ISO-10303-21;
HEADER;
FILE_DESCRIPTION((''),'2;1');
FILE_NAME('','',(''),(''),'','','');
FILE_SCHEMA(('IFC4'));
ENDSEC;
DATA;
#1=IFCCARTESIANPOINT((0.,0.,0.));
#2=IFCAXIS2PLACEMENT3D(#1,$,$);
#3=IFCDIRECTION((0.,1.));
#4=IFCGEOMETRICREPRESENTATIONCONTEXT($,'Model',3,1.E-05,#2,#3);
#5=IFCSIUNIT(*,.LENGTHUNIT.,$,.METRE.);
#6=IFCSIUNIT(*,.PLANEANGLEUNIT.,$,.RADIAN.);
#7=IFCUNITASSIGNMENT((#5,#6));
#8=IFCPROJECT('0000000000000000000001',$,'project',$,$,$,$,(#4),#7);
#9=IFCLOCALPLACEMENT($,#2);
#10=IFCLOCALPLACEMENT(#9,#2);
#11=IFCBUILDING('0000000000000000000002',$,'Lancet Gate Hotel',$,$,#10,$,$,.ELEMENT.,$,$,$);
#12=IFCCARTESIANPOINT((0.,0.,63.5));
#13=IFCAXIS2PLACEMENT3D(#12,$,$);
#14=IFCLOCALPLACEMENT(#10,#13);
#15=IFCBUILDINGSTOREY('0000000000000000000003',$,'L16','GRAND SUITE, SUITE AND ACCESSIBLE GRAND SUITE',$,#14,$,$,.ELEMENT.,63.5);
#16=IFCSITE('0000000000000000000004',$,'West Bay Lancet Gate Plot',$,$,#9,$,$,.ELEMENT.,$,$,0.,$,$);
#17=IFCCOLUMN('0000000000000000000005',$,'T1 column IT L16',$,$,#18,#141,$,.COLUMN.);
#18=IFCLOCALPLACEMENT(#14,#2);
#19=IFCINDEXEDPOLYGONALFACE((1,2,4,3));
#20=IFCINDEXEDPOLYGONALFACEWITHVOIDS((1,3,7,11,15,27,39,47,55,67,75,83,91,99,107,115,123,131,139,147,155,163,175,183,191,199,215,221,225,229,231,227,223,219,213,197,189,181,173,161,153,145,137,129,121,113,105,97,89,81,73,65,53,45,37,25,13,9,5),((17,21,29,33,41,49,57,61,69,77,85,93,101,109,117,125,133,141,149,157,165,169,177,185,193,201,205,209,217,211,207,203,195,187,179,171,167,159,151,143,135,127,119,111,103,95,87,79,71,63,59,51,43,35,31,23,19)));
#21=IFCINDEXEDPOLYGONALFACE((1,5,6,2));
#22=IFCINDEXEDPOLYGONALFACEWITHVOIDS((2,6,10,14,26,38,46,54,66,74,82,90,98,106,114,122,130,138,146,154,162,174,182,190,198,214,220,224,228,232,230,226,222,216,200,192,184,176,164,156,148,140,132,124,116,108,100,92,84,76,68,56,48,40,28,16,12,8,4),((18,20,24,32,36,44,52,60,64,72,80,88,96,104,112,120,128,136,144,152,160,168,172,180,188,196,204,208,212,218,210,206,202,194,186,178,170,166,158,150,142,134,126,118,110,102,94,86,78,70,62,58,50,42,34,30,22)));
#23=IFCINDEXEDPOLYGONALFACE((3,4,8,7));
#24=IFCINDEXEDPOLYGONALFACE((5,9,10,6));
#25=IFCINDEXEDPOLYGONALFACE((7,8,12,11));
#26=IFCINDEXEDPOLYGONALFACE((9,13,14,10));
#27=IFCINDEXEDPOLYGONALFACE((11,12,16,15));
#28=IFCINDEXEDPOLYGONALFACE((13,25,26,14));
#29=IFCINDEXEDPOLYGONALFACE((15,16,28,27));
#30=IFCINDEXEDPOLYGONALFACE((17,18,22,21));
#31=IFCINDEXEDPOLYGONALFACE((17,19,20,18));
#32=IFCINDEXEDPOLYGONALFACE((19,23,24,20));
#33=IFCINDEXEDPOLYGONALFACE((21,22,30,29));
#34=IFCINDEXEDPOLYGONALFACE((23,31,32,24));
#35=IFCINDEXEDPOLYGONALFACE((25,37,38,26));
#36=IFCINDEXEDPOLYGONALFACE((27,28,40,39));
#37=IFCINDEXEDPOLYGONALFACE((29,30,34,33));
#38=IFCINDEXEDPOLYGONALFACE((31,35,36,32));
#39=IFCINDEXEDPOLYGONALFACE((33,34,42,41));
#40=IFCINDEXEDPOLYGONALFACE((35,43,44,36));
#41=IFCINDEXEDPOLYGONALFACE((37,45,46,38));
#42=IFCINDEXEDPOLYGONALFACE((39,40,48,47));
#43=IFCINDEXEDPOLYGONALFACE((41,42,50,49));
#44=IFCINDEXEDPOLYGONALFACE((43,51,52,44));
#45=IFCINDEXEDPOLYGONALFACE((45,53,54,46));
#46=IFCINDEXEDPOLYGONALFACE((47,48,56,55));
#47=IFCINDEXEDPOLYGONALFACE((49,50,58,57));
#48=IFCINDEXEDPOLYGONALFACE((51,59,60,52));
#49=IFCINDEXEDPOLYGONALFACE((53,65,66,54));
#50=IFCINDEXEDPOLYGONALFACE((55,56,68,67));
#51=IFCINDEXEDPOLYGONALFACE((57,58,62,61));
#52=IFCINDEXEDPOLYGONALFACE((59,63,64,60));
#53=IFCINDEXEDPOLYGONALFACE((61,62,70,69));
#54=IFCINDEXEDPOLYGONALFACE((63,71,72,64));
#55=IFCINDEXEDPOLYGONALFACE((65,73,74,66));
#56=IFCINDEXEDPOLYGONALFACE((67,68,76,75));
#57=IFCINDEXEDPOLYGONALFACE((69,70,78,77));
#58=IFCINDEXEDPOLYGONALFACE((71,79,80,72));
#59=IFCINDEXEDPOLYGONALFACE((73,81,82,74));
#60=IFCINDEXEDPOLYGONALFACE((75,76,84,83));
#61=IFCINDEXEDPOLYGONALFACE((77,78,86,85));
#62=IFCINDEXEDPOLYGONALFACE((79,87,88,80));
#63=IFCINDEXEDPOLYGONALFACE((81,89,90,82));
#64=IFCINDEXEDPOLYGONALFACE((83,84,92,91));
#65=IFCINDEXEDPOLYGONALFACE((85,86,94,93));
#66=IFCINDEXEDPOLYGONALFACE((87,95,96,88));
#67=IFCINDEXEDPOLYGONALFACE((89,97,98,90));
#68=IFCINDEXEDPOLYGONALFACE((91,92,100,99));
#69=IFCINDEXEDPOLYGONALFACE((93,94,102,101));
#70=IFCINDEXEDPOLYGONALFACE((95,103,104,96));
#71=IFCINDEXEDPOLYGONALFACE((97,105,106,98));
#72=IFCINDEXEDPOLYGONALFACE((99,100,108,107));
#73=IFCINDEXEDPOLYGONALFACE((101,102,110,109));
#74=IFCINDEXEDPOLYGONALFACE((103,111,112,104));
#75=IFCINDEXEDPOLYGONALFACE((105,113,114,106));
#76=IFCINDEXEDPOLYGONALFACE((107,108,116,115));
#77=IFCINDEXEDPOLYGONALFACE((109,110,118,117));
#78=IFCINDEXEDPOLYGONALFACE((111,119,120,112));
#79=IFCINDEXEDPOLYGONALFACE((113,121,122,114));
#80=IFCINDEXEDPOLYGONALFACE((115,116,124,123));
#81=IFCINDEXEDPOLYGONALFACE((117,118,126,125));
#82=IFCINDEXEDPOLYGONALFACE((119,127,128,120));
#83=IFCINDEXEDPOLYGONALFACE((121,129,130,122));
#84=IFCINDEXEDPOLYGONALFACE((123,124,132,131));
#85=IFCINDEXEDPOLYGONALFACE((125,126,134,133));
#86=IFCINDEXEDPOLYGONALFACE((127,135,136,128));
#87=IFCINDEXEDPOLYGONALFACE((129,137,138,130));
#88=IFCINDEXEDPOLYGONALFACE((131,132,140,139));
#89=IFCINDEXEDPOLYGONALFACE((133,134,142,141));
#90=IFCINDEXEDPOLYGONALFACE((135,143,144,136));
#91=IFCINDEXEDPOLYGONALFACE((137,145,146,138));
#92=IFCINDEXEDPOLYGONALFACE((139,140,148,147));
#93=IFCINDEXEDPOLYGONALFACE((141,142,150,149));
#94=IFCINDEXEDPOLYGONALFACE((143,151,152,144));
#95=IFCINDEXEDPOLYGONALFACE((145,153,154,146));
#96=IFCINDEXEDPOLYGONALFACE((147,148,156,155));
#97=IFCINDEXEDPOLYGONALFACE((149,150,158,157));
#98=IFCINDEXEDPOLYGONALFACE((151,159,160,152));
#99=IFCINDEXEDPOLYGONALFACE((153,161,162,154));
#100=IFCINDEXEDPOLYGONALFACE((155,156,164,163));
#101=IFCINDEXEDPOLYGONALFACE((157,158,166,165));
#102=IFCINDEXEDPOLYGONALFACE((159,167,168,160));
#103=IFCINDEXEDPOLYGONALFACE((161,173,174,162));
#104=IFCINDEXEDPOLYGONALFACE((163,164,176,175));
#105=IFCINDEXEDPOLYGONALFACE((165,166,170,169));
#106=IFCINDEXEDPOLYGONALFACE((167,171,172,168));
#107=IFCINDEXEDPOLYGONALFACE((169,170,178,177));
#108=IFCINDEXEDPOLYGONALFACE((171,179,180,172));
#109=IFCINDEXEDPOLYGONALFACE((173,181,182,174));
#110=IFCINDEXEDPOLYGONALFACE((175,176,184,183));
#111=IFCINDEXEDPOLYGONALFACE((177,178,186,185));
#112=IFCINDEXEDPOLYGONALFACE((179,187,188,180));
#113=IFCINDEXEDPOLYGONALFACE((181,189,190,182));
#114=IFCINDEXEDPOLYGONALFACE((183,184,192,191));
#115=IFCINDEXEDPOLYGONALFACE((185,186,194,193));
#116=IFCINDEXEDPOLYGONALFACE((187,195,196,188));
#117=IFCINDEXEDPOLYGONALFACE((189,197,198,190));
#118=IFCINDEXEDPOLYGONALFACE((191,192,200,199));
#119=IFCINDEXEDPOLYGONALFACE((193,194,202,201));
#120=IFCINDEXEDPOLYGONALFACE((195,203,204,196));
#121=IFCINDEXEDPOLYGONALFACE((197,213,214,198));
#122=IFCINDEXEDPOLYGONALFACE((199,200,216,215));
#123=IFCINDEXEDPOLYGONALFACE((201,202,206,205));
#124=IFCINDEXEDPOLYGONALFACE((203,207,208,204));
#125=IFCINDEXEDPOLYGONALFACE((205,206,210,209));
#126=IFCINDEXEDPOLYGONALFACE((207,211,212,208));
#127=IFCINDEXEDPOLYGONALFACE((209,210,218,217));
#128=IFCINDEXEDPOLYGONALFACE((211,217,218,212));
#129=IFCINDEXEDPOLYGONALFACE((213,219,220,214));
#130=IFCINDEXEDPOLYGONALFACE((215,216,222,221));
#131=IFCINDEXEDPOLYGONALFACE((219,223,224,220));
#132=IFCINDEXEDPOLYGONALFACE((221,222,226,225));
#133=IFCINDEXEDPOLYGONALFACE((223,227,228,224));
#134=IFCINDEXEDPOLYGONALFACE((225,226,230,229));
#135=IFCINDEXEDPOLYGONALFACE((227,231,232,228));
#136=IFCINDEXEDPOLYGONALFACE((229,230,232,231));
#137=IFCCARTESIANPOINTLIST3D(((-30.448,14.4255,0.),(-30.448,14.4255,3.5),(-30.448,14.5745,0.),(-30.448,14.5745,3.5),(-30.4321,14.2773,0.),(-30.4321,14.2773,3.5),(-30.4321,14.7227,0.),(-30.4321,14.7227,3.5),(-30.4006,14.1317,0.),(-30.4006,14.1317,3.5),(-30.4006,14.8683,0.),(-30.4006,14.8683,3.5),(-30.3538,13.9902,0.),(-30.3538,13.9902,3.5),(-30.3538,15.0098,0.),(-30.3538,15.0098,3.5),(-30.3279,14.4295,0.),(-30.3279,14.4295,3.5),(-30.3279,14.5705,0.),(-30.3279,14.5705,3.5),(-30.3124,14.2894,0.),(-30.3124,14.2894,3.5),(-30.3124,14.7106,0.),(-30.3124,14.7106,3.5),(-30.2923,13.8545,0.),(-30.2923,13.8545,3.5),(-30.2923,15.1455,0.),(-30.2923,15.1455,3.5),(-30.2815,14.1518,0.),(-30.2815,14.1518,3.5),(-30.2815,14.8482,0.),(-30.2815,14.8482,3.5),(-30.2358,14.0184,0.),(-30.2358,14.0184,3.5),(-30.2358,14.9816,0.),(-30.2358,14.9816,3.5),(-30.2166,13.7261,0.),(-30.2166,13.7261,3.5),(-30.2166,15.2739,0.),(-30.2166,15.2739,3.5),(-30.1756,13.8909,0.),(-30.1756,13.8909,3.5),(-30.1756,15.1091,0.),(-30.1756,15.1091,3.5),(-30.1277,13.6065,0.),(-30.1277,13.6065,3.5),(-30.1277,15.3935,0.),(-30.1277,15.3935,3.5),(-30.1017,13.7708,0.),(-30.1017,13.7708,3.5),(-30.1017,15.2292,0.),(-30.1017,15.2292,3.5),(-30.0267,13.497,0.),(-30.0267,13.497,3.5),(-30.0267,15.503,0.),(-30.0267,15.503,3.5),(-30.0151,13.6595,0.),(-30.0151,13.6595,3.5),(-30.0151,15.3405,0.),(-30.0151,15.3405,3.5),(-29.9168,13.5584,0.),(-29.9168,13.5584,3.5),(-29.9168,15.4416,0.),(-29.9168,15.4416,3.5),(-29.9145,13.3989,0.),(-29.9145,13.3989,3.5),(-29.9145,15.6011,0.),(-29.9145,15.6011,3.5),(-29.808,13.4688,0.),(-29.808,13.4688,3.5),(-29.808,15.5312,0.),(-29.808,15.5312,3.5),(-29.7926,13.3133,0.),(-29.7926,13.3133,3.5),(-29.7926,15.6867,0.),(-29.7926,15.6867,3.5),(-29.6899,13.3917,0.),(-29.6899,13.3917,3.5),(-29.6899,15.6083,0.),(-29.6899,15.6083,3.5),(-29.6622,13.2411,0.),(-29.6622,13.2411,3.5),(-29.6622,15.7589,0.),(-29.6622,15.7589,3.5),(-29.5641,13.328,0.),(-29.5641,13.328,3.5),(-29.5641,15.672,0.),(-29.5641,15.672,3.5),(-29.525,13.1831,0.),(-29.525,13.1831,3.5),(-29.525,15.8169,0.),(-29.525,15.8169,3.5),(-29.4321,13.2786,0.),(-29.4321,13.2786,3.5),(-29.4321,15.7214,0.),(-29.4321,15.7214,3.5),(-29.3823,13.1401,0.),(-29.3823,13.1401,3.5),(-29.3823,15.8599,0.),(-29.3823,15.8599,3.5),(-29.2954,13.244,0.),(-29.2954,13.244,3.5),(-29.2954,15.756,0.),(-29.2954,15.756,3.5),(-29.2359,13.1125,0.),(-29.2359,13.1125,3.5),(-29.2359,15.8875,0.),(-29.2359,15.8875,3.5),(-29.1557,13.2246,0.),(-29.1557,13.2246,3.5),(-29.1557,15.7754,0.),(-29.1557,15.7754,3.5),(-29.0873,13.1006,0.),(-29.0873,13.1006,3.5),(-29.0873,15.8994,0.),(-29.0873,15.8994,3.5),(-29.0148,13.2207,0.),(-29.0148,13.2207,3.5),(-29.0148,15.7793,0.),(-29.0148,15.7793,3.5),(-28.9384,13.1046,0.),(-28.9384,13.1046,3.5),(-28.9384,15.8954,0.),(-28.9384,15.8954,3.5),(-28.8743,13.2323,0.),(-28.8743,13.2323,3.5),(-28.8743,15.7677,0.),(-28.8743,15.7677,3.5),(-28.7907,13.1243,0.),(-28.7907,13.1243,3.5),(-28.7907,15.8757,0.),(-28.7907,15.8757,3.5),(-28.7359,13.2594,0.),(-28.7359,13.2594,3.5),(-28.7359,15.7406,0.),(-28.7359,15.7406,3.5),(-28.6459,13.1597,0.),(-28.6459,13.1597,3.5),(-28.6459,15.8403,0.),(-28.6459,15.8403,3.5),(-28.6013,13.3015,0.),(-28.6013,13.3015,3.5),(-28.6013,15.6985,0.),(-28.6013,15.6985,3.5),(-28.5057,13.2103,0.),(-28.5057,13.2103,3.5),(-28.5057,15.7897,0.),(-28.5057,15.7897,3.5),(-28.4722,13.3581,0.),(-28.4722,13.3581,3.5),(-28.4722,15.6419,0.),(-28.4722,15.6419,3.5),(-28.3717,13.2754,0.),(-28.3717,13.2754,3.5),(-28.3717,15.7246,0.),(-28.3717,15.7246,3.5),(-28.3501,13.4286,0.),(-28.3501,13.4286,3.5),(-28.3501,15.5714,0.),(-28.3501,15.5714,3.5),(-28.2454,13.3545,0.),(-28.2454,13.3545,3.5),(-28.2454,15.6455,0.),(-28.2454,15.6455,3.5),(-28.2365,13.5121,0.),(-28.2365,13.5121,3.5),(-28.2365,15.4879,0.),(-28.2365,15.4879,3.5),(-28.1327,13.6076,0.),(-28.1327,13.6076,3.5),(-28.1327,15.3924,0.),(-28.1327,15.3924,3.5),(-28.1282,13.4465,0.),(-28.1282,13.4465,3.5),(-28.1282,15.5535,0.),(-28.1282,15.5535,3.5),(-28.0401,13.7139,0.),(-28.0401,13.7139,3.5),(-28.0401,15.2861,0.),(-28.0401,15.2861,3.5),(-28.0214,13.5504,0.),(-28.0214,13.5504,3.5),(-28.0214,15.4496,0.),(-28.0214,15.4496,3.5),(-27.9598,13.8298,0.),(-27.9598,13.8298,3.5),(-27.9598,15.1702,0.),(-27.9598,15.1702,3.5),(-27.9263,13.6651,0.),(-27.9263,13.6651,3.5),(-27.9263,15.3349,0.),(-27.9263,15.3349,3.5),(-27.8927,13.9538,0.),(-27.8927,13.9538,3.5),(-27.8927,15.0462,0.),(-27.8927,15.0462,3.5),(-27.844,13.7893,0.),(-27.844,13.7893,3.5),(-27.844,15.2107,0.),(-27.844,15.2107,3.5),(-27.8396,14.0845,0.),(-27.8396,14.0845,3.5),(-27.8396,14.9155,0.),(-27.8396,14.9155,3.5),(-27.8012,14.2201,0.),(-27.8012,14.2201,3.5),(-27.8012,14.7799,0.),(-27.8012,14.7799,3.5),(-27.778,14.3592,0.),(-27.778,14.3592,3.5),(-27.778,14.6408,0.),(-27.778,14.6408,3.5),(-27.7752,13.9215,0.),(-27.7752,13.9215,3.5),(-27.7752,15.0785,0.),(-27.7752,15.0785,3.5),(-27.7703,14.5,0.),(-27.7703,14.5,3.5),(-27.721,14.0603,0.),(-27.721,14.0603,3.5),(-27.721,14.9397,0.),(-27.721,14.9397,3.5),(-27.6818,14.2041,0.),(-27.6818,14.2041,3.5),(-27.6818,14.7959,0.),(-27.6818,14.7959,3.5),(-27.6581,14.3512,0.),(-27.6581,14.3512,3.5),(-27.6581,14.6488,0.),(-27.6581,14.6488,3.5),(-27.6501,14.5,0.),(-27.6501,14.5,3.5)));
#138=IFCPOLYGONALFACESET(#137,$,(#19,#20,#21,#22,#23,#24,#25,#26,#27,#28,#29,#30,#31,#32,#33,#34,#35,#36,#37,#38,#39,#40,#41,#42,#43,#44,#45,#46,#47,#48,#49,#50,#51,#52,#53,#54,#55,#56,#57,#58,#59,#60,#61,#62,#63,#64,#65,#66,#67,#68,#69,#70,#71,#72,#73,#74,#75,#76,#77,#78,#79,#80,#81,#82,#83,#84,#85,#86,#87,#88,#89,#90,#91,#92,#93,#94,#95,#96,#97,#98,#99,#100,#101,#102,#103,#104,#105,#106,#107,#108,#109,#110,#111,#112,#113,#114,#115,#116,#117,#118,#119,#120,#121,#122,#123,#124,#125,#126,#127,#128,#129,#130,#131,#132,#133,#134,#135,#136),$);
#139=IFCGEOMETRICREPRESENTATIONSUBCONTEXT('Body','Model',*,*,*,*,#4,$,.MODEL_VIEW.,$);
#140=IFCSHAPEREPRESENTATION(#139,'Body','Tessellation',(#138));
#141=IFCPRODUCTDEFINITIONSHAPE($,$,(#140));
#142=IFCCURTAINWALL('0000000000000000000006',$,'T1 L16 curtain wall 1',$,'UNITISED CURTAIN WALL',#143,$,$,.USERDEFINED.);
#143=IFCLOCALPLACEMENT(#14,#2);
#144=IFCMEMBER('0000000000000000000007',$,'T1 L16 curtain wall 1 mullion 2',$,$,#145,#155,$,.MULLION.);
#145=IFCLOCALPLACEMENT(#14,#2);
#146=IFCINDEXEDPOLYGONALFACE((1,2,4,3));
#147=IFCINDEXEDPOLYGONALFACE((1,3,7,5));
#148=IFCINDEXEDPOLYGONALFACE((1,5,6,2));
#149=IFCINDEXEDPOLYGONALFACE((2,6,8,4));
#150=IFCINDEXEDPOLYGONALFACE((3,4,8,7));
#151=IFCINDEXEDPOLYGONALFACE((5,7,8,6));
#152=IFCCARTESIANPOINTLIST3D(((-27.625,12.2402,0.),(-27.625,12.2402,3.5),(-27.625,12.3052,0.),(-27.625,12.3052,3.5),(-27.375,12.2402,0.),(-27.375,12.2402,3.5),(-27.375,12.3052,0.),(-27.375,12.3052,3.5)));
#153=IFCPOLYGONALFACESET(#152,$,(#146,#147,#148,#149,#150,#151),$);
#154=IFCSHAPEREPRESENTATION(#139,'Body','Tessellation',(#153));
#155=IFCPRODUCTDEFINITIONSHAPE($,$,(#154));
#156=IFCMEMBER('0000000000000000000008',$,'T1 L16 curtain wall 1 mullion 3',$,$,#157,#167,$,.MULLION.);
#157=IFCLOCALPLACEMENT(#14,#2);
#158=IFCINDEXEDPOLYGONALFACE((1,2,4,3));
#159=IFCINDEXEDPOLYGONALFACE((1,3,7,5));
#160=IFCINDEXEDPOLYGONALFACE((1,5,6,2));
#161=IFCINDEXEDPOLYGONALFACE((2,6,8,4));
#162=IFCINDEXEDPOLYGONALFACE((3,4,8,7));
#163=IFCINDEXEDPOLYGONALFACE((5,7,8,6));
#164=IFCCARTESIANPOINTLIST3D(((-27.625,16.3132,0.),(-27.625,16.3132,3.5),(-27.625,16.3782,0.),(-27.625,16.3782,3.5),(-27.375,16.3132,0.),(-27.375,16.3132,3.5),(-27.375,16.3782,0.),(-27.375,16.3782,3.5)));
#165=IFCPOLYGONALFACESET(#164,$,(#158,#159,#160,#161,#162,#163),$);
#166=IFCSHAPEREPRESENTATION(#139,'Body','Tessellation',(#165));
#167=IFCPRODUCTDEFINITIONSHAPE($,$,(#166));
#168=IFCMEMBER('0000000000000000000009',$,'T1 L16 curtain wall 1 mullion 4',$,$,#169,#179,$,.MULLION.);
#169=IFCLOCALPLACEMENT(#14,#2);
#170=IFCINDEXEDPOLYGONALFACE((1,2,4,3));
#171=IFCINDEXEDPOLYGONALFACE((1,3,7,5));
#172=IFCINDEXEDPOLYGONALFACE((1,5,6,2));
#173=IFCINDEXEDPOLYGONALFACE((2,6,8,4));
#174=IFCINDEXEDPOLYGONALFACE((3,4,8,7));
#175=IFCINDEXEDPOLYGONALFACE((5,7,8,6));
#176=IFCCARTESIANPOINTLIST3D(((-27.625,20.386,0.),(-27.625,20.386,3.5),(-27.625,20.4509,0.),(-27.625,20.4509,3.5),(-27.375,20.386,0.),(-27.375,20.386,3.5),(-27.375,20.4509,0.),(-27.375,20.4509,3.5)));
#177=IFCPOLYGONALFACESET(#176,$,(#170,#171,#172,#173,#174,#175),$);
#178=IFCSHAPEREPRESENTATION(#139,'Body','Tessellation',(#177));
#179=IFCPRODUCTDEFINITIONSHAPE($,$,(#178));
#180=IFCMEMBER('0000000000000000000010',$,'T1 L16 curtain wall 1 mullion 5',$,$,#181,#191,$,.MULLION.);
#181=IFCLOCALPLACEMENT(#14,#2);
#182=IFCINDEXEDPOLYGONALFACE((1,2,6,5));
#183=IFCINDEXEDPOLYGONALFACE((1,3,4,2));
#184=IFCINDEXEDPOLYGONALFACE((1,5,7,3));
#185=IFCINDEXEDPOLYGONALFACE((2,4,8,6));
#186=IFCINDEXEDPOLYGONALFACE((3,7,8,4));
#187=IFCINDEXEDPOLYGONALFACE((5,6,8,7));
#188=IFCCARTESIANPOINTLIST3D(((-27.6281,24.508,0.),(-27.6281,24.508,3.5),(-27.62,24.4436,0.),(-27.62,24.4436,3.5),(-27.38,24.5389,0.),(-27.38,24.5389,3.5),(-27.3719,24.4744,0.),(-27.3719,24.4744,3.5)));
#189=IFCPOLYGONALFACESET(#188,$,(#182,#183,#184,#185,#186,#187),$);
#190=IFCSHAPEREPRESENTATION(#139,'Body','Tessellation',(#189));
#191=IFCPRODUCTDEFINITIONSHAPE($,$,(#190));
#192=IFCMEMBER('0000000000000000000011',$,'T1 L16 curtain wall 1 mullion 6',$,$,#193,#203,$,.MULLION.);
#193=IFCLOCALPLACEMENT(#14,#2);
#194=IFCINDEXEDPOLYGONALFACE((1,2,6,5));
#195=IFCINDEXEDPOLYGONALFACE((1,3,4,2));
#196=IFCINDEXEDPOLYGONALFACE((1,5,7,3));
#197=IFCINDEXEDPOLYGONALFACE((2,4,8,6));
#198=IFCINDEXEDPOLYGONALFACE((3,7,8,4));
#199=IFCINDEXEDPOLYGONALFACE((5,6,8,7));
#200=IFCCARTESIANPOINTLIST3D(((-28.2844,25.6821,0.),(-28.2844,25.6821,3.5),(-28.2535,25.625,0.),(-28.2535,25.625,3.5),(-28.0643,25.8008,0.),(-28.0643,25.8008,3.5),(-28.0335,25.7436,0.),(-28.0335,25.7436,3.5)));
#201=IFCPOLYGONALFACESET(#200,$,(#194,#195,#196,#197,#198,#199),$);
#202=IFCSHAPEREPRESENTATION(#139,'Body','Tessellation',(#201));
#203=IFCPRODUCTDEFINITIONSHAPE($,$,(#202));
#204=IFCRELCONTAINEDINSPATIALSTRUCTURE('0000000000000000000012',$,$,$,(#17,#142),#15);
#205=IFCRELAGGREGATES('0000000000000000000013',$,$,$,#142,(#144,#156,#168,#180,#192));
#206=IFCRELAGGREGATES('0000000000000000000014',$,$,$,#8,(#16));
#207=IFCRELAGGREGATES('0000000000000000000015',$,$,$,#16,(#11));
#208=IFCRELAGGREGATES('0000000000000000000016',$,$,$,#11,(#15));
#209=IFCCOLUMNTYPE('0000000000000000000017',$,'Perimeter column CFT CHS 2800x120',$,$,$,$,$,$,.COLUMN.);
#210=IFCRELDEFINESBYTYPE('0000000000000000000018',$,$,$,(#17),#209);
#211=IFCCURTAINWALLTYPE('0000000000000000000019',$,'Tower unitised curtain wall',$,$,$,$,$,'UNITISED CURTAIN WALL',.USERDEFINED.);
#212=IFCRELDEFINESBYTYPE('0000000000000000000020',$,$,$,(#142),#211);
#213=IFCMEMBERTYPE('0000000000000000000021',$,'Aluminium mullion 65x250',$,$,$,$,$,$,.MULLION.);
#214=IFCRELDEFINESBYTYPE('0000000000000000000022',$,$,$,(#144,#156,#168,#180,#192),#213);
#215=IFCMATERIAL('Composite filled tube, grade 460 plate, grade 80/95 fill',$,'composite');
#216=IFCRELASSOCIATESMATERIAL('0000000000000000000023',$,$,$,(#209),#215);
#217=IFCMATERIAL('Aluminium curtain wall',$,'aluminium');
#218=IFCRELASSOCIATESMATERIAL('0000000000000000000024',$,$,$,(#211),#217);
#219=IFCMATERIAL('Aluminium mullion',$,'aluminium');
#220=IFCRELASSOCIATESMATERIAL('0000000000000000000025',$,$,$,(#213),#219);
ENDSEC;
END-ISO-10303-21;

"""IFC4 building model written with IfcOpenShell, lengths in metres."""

from ifc_helpers import new_model, si_unit, direction, frame, origin, origin_2d, place, context, subcontext, project, spatial, rectangle, hollow_circle, extrude, material, material_profile, profile_set, type_object, element, aggregate, save


model = new_model("IFC4")

# Units and contexts
model_context = context("Model", 3, precision=1e-05, world=origin(), true_north=direction((0.0, 1.0)))
body_context = subcontext(model_context, "Body", "Model", "MODEL_VIEW")
ifc_project = project(units=[si_unit("LENGTHUNIT", "METRE"), si_unit("PLANEANGLEUNIT", "RADIAN")], contexts=[model_context])

# Site, building, storey
site_placement = place(None, origin())
site = spatial("IfcSite", under=ifc_project, at=site_placement, Name="West Bay Lancet Gate Plot", CompositionType="ELEMENT", RefElevation=0.0)
building_placement = place(site_placement, origin())
building = spatial("IfcBuilding", under=site, at=building_placement, Name="Lancet Gate Hotel", CompositionType="ELEMENT")
storey_placement = place(building_placement, frame((0.0, 0.0, 63.5)))
storey = spatial("IfcBuildingStorey", under=building, at=storey_placement, Name="L16", Description="GRAND SUITE, SUITE AND ACCESSIBLE GRAND SUITE", CompositionType="ELEMENT", Elevation=63.5)

# Column
ifc_material_1 = material(Name="Composite filled tube, grade 460 plate, grade 80/95 fill", Category="composite")
ifc_material_profile_1 = material_profile(ifc_material_1, hollow_circle(Radius=1.3999, WallThickness=0.1201, at=origin_2d()), Name="CHS 2800x120")
ifc_profile_set_1 = profile_set([ifc_material_profile_1], Name="Composite filled tube, grade 460 plate, grade 80/95 fill")
column_type = type_object("IfcColumnType", Name="Perimeter column CFT CHS 2800x120", PredefinedType="COLUMN", material=ifc_profile_set_1)
for number, where, z_axis, x_axis, name in (
    (1, (-29.05, 14.5, 0.0), (0.0, 0.0, 1.0), (1.0, 0.0, 0.0), "T1 column IT L16"),
):
    element("IfcColumn", number, at=place(storey_placement, frame(where, z_axis=z_axis, x_axis=x_axis)), inside=storey, type_object=column_type, Name=name, PredefinedType="COLUMN", context=body_context, shape_type="SweptSolid", body=[
        extrude(hollow_circle(Radius=1.3999, WallThickness=0.1201, at=origin_2d()), origin(), (0.0, 0.0, 1.0), 3.5),
    ])

# Curtain wall, members
ifc_material_2 = material(Name="Aluminium curtain wall", Category="aluminium")
curtain_wall_type = type_object("IfcCurtainWallType", Name="Tower unitised curtain wall", ElementType="UNITISED CURTAIN WALL", PredefinedType="USERDEFINED", material=ifc_material_2)
curtain_wall_placement = place(storey_placement, origin())
curtain_wall = element("IfcCurtainWall", 2, at=curtain_wall_placement, inside=storey, type_object=curtain_wall_type, Name="T1 L16 curtain wall 1", ObjectType="UNITISED CURTAIN WALL", PredefinedType="USERDEFINED")
ifc_material_3 = material(Name="Aluminium mullion", Category="aluminium")
ifc_material_profile_2 = material_profile(ifc_material_3, rectangle(XDim=0.0649, YDim=0.25, at=origin_2d()), Name="MULLION 65x250")
ifc_profile_set_2 = profile_set([ifc_material_profile_2], Name="Aluminium mullion")
member_type_1 = type_object("IfcMemberType", Name="Aluminium mullion 65x250", PredefinedType="MULLION", material=ifc_profile_set_2)
member_1_placement = place(storey_placement, frame((-27.5, 12.2727, 0.0), z_axis=(0.0, 0.0, 1.0), x_axis=(0.0, 1.0, 0.0)))
member_1 = element("IfcMember", 3, at=member_1_placement, type_object=member_type_1, Name="T1 L16 curtain wall 1 mullion 2", PredefinedType="MULLION", context=body_context, shape_type="SweptSolid", body=[
    extrude(rectangle(XDim=0.0649, YDim=0.25, at=origin_2d()), origin(), (0.0, 0.0, 1.0), 3.5),
])
member_2_placement = place(storey_placement, frame((-27.5, 16.3457, 0.0), z_axis=(0.0, 0.0, 1.0), x_axis=(0.0, 1.0, 0.0)))
member_2 = element("IfcMember", 4, at=member_2_placement, type_object=member_type_1, Name="T1 L16 curtain wall 1 mullion 3", PredefinedType="MULLION", context=body_context, shape_type="SweptSolid", body=[
    extrude(rectangle(XDim=0.0649, YDim=0.25, at=origin_2d()), origin(), (0.0, 0.0, 1.0), 3.5),
])
member_3_placement = place(storey_placement, frame((-27.5, 20.4185, 0.0), z_axis=(0.0, 0.0, 1.0), x_axis=(0.0, 1.0, 0.0)))
member_3 = element("IfcMember", 5, at=member_3_placement, type_object=member_type_1, Name="T1 L16 curtain wall 1 mullion 4", PredefinedType="MULLION", context=body_context, shape_type="SweptSolid", body=[
    extrude(rectangle(XDim=0.0649, YDim=0.25, at=origin_2d()), origin(), (0.0, 0.0, 1.0), 3.5),
])
member_4_placement = place(storey_placement, frame((-27.5, 24.4912, 0.0), z_axis=(0.0, 0.0, 1.0), x_axis=(-0.123483, 0.992347, 0.0)))
member_4 = element("IfcMember", 6, at=member_4_placement, type_object=member_type_1, Name="T1 L16 curtain wall 1 mullion 5", PredefinedType="MULLION", context=body_context, shape_type="SweptSolid", body=[
    extrude(rectangle(XDim=0.0649, YDim=0.25, at=origin_2d()), origin(), (0.0, 0.0, 1.0), 3.5),
])
member_5_placement = place(storey_placement, frame((-28.1589, 25.7129, 0.0), z_axis=(0.0, 0.0, 1.0), x_axis=(-0.474631, 0.880185, 0.0)))
member_5 = element("IfcMember", 7, at=member_5_placement, type_object=member_type_1, Name="T1 L16 curtain wall 1 mullion 6", PredefinedType="MULLION", context=body_context, shape_type="SweptSolid", body=[
    extrude(rectangle(XDim=0.0649, YDim=0.25, at=origin_2d()), origin(), (0.0, 0.0, 1.0), 3.5),
])

aggregate(curtain_wall, [member_1, member_2, member_3, member_4, member_5])

save(model, "model.ifc")
